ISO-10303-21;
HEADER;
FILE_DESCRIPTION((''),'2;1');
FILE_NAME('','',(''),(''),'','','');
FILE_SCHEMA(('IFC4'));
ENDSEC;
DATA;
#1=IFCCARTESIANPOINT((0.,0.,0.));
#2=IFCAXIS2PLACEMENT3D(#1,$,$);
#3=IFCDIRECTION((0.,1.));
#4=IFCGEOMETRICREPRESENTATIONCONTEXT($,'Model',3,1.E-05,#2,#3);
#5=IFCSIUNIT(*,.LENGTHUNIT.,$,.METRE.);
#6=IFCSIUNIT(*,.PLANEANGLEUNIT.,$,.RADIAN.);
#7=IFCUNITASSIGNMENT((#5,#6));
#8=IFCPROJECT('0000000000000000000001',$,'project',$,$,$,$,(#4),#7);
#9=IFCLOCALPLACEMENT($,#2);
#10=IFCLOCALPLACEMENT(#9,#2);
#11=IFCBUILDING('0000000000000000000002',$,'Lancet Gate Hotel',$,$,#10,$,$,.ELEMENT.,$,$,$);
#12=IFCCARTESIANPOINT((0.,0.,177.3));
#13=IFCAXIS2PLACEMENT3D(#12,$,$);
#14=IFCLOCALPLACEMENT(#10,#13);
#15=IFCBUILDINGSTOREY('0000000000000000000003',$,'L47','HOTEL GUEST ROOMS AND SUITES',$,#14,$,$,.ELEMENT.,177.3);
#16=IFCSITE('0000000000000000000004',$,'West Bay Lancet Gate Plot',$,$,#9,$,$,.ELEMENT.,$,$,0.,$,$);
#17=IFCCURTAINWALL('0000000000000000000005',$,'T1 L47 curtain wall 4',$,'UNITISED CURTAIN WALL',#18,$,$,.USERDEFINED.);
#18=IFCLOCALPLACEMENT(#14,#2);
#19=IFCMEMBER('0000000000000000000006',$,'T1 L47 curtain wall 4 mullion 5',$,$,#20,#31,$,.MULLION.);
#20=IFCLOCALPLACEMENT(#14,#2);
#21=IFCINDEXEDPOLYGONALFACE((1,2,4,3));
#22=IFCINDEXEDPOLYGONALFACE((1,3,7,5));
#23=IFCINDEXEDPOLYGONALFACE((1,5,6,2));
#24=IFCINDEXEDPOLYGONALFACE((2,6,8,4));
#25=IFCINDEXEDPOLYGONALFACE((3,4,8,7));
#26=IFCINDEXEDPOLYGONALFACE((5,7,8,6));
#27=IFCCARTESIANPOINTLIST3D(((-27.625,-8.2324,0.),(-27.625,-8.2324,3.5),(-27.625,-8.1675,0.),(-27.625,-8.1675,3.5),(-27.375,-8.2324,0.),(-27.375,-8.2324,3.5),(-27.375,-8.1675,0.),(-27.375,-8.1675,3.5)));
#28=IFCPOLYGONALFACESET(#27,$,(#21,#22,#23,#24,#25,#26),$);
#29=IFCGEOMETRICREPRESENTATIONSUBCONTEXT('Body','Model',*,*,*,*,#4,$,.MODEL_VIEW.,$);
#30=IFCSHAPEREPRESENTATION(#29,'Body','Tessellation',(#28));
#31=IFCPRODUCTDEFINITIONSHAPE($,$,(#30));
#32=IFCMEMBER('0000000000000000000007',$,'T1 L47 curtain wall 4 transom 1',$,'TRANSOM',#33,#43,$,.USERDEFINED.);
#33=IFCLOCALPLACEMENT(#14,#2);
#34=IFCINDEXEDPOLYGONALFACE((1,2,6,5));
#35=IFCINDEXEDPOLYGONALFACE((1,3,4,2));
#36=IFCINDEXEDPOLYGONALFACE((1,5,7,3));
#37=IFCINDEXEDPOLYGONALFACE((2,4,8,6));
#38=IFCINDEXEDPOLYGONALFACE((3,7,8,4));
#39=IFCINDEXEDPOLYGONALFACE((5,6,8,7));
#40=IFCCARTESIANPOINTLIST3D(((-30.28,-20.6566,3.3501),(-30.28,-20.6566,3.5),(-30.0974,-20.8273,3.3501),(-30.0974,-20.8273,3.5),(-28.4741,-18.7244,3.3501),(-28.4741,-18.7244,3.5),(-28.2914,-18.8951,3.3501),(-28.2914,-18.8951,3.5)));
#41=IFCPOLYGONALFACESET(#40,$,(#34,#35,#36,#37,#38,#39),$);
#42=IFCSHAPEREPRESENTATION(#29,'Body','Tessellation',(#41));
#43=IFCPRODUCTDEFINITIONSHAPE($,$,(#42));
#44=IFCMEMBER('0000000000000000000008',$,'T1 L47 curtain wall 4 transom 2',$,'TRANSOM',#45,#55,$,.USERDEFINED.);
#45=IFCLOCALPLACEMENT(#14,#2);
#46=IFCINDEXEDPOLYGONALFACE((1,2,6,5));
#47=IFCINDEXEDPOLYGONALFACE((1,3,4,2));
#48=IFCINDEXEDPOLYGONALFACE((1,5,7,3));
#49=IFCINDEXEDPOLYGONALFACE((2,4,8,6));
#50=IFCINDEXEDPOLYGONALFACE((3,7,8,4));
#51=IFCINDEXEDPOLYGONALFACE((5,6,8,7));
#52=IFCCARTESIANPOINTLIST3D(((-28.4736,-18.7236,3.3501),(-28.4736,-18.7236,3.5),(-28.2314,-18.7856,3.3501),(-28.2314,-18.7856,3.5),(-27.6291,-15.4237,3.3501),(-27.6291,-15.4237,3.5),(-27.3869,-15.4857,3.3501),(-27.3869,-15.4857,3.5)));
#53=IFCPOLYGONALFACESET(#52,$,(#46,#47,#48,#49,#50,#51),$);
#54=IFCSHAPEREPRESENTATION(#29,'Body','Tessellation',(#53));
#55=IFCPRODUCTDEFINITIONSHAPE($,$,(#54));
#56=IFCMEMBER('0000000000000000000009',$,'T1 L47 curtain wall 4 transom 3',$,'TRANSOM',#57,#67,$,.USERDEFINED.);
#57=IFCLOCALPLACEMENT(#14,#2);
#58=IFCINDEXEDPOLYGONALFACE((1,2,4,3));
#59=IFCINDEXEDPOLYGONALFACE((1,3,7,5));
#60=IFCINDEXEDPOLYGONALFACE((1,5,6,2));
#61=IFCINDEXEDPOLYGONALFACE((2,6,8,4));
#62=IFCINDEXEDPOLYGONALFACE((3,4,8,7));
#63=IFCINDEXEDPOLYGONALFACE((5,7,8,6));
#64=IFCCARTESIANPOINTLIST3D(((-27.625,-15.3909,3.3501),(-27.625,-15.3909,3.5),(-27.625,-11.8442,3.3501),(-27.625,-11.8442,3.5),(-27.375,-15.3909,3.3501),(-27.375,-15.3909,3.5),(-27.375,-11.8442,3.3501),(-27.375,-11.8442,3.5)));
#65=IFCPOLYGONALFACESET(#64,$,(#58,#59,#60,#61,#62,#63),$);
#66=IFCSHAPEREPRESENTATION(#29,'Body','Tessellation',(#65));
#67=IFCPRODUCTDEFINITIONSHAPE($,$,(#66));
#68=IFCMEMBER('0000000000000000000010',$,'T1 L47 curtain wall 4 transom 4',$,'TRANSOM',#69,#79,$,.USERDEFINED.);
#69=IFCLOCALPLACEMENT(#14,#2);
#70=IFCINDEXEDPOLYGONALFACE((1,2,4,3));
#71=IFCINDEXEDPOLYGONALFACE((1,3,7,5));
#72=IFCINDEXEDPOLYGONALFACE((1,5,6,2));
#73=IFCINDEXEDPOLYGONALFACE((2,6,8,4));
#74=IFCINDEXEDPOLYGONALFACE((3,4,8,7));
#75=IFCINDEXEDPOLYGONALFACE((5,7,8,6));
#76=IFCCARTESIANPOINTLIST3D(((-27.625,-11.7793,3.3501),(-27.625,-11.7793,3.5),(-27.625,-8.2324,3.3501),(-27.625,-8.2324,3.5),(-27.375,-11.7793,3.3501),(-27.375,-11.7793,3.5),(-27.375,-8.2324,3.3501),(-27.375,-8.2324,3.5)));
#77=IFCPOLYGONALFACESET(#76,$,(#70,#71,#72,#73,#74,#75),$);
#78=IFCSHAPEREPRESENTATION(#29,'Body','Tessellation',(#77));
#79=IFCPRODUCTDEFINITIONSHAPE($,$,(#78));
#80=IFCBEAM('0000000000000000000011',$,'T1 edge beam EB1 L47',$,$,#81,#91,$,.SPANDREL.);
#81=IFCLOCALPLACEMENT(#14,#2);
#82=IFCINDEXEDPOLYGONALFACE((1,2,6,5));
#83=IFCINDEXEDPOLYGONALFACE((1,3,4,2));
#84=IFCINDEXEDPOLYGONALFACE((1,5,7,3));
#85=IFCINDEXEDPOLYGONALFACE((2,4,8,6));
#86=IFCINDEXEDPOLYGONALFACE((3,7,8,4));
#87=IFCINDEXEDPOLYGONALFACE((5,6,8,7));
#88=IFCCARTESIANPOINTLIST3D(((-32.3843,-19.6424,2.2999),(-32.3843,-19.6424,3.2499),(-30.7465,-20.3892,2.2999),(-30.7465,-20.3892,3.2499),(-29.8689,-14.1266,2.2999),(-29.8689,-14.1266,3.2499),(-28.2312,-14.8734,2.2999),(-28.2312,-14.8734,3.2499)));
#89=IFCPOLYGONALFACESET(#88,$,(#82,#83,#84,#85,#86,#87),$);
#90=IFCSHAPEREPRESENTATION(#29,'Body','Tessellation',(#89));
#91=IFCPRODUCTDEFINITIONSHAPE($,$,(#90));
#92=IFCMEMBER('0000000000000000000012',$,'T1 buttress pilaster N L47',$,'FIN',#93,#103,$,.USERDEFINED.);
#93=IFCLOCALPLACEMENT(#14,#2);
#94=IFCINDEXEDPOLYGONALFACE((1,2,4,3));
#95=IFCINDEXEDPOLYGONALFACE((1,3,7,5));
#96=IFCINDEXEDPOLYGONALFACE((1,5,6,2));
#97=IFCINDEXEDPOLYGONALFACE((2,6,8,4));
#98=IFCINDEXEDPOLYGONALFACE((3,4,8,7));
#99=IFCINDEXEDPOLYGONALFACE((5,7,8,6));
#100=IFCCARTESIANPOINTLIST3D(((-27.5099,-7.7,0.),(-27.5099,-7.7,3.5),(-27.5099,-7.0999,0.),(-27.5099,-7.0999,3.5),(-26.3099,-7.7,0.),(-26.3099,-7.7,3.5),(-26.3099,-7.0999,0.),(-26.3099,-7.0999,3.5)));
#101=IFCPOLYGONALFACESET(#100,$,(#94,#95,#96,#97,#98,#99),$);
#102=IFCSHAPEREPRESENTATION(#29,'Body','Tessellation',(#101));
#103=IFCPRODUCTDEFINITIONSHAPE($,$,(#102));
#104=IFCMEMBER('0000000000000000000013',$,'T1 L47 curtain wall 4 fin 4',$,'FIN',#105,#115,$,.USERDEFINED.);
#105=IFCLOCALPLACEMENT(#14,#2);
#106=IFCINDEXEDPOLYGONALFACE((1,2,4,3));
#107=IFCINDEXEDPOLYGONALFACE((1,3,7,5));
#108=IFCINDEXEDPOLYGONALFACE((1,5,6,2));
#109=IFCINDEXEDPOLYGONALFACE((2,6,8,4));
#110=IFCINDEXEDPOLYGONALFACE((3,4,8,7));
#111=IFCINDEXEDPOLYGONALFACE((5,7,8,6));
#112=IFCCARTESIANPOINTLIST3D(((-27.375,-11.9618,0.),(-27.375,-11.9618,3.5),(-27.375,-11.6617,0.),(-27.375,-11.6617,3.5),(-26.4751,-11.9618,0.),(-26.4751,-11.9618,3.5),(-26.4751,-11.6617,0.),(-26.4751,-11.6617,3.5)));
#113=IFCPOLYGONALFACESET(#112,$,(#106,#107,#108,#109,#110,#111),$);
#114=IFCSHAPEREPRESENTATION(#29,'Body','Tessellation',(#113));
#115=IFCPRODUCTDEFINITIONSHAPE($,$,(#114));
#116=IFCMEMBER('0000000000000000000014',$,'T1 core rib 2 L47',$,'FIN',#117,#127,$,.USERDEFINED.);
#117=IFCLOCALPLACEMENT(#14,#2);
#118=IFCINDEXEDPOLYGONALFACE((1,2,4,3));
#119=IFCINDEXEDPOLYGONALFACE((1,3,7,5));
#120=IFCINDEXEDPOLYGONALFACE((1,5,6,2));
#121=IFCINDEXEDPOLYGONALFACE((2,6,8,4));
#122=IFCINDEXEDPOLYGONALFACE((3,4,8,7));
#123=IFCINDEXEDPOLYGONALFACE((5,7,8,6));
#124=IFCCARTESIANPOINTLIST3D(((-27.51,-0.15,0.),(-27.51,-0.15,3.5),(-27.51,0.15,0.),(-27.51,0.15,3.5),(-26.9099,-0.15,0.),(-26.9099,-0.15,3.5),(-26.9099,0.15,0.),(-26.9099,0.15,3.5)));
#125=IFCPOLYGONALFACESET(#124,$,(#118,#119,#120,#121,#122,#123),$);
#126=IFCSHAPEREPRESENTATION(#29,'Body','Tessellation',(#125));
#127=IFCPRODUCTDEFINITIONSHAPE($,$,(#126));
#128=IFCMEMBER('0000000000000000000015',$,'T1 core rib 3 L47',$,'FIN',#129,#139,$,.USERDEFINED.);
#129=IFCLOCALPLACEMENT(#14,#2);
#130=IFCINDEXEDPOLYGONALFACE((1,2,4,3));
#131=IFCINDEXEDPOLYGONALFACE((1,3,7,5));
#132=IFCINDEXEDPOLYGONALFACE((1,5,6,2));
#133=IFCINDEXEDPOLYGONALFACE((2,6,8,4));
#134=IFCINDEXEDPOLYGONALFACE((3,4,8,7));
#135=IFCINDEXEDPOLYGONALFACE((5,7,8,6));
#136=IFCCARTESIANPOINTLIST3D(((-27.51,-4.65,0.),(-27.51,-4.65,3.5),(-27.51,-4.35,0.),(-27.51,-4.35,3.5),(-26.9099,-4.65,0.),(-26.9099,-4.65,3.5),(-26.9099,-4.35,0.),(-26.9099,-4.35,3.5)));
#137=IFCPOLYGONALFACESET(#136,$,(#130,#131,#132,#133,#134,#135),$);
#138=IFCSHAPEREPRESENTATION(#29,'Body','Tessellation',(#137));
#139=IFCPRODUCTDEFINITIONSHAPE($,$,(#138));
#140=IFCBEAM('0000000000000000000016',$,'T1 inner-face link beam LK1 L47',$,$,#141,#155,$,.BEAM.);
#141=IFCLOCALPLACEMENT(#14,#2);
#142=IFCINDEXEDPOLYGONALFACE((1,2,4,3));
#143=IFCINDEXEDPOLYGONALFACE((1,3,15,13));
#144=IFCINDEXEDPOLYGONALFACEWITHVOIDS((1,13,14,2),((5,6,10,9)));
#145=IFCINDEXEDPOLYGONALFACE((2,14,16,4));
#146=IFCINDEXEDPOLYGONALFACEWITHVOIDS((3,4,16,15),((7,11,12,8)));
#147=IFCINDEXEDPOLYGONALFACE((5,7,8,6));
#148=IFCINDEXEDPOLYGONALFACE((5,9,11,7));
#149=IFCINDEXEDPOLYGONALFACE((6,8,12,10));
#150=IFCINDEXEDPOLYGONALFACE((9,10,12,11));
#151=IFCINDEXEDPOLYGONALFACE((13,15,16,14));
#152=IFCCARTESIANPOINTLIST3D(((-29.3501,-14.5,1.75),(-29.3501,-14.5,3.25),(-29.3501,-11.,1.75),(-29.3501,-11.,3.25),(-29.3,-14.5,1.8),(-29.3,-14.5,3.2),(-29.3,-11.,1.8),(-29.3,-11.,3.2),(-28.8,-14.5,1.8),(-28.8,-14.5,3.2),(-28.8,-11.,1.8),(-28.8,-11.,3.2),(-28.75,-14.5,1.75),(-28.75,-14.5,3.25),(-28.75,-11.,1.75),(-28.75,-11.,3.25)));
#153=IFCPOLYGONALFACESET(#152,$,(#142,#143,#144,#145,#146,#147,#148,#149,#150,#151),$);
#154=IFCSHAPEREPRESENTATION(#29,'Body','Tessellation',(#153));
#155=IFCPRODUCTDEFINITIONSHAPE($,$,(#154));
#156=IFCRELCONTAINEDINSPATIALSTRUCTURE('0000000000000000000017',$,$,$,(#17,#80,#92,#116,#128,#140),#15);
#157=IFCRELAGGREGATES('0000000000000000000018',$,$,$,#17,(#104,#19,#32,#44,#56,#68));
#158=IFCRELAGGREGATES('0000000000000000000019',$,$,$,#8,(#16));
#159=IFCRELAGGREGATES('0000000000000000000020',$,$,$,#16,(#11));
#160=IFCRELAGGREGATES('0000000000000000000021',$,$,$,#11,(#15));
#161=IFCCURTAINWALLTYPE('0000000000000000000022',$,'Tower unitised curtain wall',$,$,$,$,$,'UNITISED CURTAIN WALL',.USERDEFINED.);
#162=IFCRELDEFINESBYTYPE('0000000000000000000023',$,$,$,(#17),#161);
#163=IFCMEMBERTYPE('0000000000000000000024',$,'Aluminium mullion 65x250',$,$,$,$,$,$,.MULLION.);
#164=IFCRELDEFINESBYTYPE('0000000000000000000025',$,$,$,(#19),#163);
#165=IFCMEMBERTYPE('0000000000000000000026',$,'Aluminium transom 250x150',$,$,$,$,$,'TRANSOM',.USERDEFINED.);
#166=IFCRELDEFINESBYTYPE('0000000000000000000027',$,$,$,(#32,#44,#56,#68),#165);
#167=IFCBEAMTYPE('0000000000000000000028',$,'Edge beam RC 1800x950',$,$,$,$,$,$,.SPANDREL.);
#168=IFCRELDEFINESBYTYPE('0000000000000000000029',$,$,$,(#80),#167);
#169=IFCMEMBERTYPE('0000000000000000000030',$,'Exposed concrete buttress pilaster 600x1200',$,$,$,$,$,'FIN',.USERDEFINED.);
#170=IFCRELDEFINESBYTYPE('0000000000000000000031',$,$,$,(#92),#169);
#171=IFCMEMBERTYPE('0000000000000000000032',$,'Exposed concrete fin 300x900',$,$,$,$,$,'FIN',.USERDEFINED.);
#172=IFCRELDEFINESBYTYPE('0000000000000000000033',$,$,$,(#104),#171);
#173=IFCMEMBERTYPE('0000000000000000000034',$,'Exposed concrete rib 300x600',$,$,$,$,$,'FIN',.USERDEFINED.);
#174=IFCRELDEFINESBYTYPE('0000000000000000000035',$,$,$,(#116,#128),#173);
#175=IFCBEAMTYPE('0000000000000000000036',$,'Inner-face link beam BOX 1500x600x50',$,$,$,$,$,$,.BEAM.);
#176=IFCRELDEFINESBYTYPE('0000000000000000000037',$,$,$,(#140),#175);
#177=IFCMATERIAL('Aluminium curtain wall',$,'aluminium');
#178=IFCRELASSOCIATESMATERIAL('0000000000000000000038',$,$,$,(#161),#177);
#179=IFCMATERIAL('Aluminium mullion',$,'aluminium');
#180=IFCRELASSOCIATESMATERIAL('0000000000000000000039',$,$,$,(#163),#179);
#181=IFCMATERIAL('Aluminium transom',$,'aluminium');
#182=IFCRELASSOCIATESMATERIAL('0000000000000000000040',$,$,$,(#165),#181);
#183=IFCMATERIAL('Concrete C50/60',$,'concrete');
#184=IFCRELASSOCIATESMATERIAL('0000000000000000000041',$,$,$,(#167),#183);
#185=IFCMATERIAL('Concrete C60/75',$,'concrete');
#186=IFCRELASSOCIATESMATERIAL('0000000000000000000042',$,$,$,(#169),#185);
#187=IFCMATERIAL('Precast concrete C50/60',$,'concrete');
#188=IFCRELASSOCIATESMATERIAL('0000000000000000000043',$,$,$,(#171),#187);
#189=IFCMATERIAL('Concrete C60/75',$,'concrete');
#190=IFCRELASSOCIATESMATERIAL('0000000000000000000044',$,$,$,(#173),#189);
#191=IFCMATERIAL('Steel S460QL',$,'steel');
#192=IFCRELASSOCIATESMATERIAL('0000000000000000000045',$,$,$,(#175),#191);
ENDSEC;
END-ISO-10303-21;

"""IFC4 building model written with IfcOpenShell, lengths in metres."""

from ifc_helpers import new_model, si_unit, direction, frame, origin, origin_2d, place, context, subcontext, project, spatial, rectangle, hollow_rectangle, extrude, material, material_profile, profile_set, type_object, element, aggregate, save


model = new_model("IFC4")

# Units and contexts
model_context = context("Model", 3, precision=1e-05, world=origin(), true_north=direction((0.0, 1.0)))
body_context = subcontext(model_context, "Body", "Model", "MODEL_VIEW")
ifc_project = project(units=[si_unit("LENGTHUNIT", "METRE"), si_unit("PLANEANGLEUNIT", "RADIAN")], contexts=[model_context])

# Site, building, storey
site_placement = place(None, origin())
site = spatial("IfcSite", under=ifc_project, at=site_placement, Name="West Bay Lancet Gate Plot", CompositionType="ELEMENT", RefElevation=0.0)
building_placement = place(site_placement, origin())
building = spatial("IfcBuilding", under=site, at=building_placement, Name="Lancet Gate Hotel", CompositionType="ELEMENT")
storey_placement = place(building_placement, frame((0.0, 0.0, 177.3)))
storey = spatial("IfcBuildingStorey", under=building, at=storey_placement, Name="L47", Description="HOTEL GUEST ROOMS AND SUITES", CompositionType="ELEMENT", Elevation=177.3)

# Curtain wall, members
ifc_material_1 = material(Name="Aluminium curtain wall", Category="aluminium")
curtain_wall_type = type_object("IfcCurtainWallType", Name="Tower unitised curtain wall", ElementType="UNITISED CURTAIN WALL", PredefinedType="USERDEFINED", material=ifc_material_1)
curtain_wall_placement = place(storey_placement, origin())
curtain_wall = element("IfcCurtainWall", 1, at=curtain_wall_placement, inside=storey, type_object=curtain_wall_type, Name="T1 L47 curtain wall 4", ObjectType="UNITISED CURTAIN WALL", PredefinedType="USERDEFINED")
ifc_material_2 = material(Name="Aluminium mullion", Category="aluminium")
ifc_material_profile_1 = material_profile(ifc_material_2, rectangle(XDim=0.0649, YDim=0.25, at=origin_2d()), Name="MULLION 65x250")
ifc_profile_set_1 = profile_set([ifc_material_profile_1], Name="Aluminium mullion")
member_type_1 = type_object("IfcMemberType", Name="Aluminium mullion 65x250", PredefinedType="MULLION", material=ifc_profile_set_1)
member_1_placement = place(storey_placement, frame((-27.5, -8.2, 0.0), z_axis=(0.0, 0.0, 1.0), x_axis=(0.0, 1.0, 0.0)))
member_1 = element("IfcMember", 2, at=member_1_placement, type_object=member_type_1, Name="T1 L47 curtain wall 4 mullion 5", PredefinedType="MULLION", context=body_context, shape_type="SweptSolid", body=[
    extrude(rectangle(XDim=0.0649, YDim=0.25, at=origin_2d()), origin(), (0.0, 0.0, 1.0), 3.5),
])
ifc_material_3 = material(Name="Aluminium transom", Category="aluminium")
ifc_material_profile_2 = material_profile(ifc_material_3, rectangle(XDim=0.25, YDim=0.1499, at=origin_2d()), Name="TRANSOM 250x150")
ifc_profile_set_2 = profile_set([ifc_material_profile_2], Name="Aluminium transom")
member_type_2 = type_object("IfcMemberType", Name="Aluminium transom 250x150", ElementType="TRANSOM", PredefinedType="USERDEFINED", material=ifc_profile_set_2)
member_2_placement = place(storey_placement, frame((-30.1887, -20.7419, 3.425), z_axis=(0.682841, 0.730567, 0.0), x_axis=(-0.730567, 0.682841, 0.0)))
member_2 = element("IfcMember", 3, at=member_2_placement, type_object=member_type_2, Name="T1 L47 curtain wall 4 transom 1", ObjectType="TRANSOM", PredefinedType="USERDEFINED", context=body_context, shape_type="SweptSolid", body=[
    extrude(rectangle(XDim=0.25, YDim=0.1499, at=origin_2d()), origin(), (0.0, 0.0, 1.0), 2.6448),
])
member_3_placement = place(storey_placement, frame((-28.3525, -18.7546, 3.425), z_axis=(0.247929, 0.968778, 0.0), x_axis=(-0.968778, 0.247929, 0.0)))
member_3 = element("IfcMember", 4, at=member_3_placement, type_object=member_type_2, Name="T1 L47 curtain wall 4 transom 2", ObjectType="TRANSOM", PredefinedType="USERDEFINED", context=body_context, shape_type="SweptSolid", body=[
    extrude(rectangle(XDim=0.25, YDim=0.1499, at=origin_2d()), origin(), (0.0, 0.0, 1.0), 3.4062),
])
member_4_placement = place(storey_placement, frame((-27.5, -15.3909, 3.425), z_axis=(0.0, 1.0, 0.0), x_axis=(-1.0, 0.0, 0.0)))
member_4 = element("IfcMember", 5, at=member_4_placement, type_object=member_type_2, Name="T1 L47 curtain wall 4 transom 3", ObjectType="TRANSOM", PredefinedType="USERDEFINED", context=body_context, shape_type="SweptSolid", body=[
    extrude(rectangle(XDim=0.25, YDim=0.1499, at=origin_2d()), origin(), (0.0, 0.0, 1.0), 3.5466),
])
member_5_placement = place(storey_placement, frame((-27.5, -11.7793, 3.425), z_axis=(0.0, 1.0, 0.0), x_axis=(-1.0, 0.0, 0.0)))
member_5 = element("IfcMember", 6, at=member_5_placement, type_object=member_type_2, Name="T1 L47 curtain wall 4 transom 4", ObjectType="TRANSOM", PredefinedType="USERDEFINED", context=body_context, shape_type="SweptSolid", body=[
    extrude(rectangle(XDim=0.25, YDim=0.1499, at=origin_2d()), origin(), (0.0, 0.0, 1.0), 3.5469),
])

# Beam
ifc_material_4 = material(Name="Concrete C50/60", Category="concrete")
ifc_material_profile_3 = material_profile(ifc_material_4, rectangle(XDim=1.8, YDim=0.95, at=origin_2d()), Name="RC 1800x950")
ifc_profile_set_3 = profile_set([ifc_material_profile_3], Name="Concrete C50/60")
beam_type_1 = type_object("IfcBeamType", Name="Edge beam RC 1800x950", PredefinedType="SPANDREL", material=ifc_profile_set_3)
beam_1_placement = place(storey_placement, frame((-29.05, -14.5, 2.7749), z_axis=(-0.414919, -0.909858, 0.0), x_axis=(0.909858, -0.414919, 0.0)))
element("IfcBeam", 7, at=beam_1_placement, inside=storey, type_object=beam_type_1, Name="T1 edge beam EB1 L47", PredefinedType="SPANDREL", context=body_context, shape_type="SweptSolid", body=[
    extrude(rectangle(XDim=1.8, YDim=0.95, at=origin_2d()), origin(), (0.0, 0.0, 1.0), 6.0623),
])

# Members
ifc_material_5 = material(Name="Concrete C60/75", Category="concrete")
ifc_material_profile_4 = material_profile(ifc_material_5, rectangle(XDim=0.6001, YDim=1.2, at=origin_2d()), Name="FIN 600x1200")
ifc_profile_set_4 = profile_set([ifc_material_profile_4], Name="Concrete C60/75")
member_type_3 = type_object("IfcMemberType", Name="Exposed concrete buttress pilaster 600x1200", ElementType="FIN", PredefinedType="USERDEFINED", material=ifc_profile_set_4)
member_6_placement = place(storey_placement, frame((-26.9099, -7.3999, 0.0), z_axis=(0.0, 0.0, 1.0), x_axis=(0.0, 1.0, 0.0)))
element("IfcMember", 8, at=member_6_placement, inside=storey, type_object=member_type_3, Name="T1 buttress pilaster N L47", ObjectType="FIN", PredefinedType="USERDEFINED", context=body_context, shape_type="SweptSolid", body=[
    extrude(rectangle(XDim=0.6001, YDim=1.2, at=origin_2d()), origin(), (0.0, 0.0, 1.0), 3.5),
])
ifc_material_6 = material(Name="Precast concrete C50/60", Category="concrete")
ifc_material_profile_5 = material_profile(ifc_material_6, rectangle(XDim=0.3, YDim=0.8999, at=origin_2d()), Name="FIN 300x900")
ifc_profile_set_5 = profile_set([ifc_material_profile_5], Name="Precast concrete C50/60")
member_type_4 = type_object("IfcMemberType", Name="Exposed concrete fin 300x900", ElementType="FIN", PredefinedType="USERDEFINED", material=ifc_profile_set_5)
member_7_placement = place(storey_placement, frame((-26.925, -11.8118, 0.0), z_axis=(0.0, 0.0, 1.0), x_axis=(0.0, 1.0, 0.0)))
member_7 = element("IfcMember", 9, at=member_7_placement, type_object=member_type_4, Name="T1 L47 curtain wall 4 fin 4", ObjectType="FIN", PredefinedType="USERDEFINED", context=body_context, shape_type="SweptSolid", body=[
    extrude(rectangle(XDim=0.3, YDim=0.8999, at=origin_2d()), origin(), (0.0, 0.0, 1.0), 3.5),
])

# Members
ifc_material_7 = material(Name="Concrete C60/75", Category="concrete")
ifc_material_profile_6 = material_profile(ifc_material_7, rectangle(XDim=0.3, YDim=0.6001, at=origin_2d()), Name="FIN 300x600")
ifc_profile_set_6 = profile_set([ifc_material_profile_6], Name="Concrete C60/75")
member_type_5 = type_object("IfcMemberType", Name="Exposed concrete rib 300x600", ElementType="FIN", PredefinedType="USERDEFINED", material=ifc_profile_set_6)
for number, where, z_axis, x_axis, name in (
    (10, (-27.21, 0.0, 0.0), (0.0, 0.0, 1.0), (0.0, 1.0, 0.0), "T1 core rib 2 L47"),
    (11, (-27.21, -4.5, 0.0), (0.0, 0.0, 1.0), (0.0, 1.0, 0.0), "T1 core rib 3 L47"),
):
    element("IfcMember", number, at=place(storey_placement, frame(where, z_axis=z_axis, x_axis=x_axis)), inside=storey, type_object=member_type_5, Name=name, ObjectType="FIN", PredefinedType="USERDEFINED", context=body_context, shape_type="SweptSolid", body=[
        extrude(rectangle(XDim=0.3, YDim=0.6001, at=origin_2d()), origin(), (0.0, 0.0, 1.0), 3.5),
    ])

# Beam
ifc_material_8 = material(Name="Steel S460QL", Category="steel")
ifc_material_profile_7 = material_profile(ifc_material_8, hollow_rectangle(XDim=0.6001, YDim=1.5, WallThickness=0.05, at=origin_2d()), Name="BOX 1500x600x50")
ifc_profile_set_7 = profile_set([ifc_material_profile_7], Name="Steel S460QL")
beam_type_2 = type_object("IfcBeamType", Name="Inner-face link beam BOX 1500x600x50", PredefinedType="BEAM", material=ifc_profile_set_7)
beam_2_placement = place(storey_placement, frame((-29.05, -11.0, 2.5), z_axis=(0.0, -1.0, 0.0), x_axis=(1.0, 0.0, 0.0)))
element("IfcBeam", 12, at=beam_2_placement, inside=storey, type_object=beam_type_2, Name="T1 inner-face link beam LK1 L47", PredefinedType="BEAM", context=body_context, shape_type="SweptSolid", body=[
    extrude(hollow_rectangle(XDim=0.6001, YDim=1.5, WallThickness=0.05, at=origin_2d()), origin(), (0.0, 0.0, 1.0), 3.5),
])

aggregate(curtain_wall, [member_7, member_1, member_2, member_3, member_4, member_5])

save(model, "model.ifc")
